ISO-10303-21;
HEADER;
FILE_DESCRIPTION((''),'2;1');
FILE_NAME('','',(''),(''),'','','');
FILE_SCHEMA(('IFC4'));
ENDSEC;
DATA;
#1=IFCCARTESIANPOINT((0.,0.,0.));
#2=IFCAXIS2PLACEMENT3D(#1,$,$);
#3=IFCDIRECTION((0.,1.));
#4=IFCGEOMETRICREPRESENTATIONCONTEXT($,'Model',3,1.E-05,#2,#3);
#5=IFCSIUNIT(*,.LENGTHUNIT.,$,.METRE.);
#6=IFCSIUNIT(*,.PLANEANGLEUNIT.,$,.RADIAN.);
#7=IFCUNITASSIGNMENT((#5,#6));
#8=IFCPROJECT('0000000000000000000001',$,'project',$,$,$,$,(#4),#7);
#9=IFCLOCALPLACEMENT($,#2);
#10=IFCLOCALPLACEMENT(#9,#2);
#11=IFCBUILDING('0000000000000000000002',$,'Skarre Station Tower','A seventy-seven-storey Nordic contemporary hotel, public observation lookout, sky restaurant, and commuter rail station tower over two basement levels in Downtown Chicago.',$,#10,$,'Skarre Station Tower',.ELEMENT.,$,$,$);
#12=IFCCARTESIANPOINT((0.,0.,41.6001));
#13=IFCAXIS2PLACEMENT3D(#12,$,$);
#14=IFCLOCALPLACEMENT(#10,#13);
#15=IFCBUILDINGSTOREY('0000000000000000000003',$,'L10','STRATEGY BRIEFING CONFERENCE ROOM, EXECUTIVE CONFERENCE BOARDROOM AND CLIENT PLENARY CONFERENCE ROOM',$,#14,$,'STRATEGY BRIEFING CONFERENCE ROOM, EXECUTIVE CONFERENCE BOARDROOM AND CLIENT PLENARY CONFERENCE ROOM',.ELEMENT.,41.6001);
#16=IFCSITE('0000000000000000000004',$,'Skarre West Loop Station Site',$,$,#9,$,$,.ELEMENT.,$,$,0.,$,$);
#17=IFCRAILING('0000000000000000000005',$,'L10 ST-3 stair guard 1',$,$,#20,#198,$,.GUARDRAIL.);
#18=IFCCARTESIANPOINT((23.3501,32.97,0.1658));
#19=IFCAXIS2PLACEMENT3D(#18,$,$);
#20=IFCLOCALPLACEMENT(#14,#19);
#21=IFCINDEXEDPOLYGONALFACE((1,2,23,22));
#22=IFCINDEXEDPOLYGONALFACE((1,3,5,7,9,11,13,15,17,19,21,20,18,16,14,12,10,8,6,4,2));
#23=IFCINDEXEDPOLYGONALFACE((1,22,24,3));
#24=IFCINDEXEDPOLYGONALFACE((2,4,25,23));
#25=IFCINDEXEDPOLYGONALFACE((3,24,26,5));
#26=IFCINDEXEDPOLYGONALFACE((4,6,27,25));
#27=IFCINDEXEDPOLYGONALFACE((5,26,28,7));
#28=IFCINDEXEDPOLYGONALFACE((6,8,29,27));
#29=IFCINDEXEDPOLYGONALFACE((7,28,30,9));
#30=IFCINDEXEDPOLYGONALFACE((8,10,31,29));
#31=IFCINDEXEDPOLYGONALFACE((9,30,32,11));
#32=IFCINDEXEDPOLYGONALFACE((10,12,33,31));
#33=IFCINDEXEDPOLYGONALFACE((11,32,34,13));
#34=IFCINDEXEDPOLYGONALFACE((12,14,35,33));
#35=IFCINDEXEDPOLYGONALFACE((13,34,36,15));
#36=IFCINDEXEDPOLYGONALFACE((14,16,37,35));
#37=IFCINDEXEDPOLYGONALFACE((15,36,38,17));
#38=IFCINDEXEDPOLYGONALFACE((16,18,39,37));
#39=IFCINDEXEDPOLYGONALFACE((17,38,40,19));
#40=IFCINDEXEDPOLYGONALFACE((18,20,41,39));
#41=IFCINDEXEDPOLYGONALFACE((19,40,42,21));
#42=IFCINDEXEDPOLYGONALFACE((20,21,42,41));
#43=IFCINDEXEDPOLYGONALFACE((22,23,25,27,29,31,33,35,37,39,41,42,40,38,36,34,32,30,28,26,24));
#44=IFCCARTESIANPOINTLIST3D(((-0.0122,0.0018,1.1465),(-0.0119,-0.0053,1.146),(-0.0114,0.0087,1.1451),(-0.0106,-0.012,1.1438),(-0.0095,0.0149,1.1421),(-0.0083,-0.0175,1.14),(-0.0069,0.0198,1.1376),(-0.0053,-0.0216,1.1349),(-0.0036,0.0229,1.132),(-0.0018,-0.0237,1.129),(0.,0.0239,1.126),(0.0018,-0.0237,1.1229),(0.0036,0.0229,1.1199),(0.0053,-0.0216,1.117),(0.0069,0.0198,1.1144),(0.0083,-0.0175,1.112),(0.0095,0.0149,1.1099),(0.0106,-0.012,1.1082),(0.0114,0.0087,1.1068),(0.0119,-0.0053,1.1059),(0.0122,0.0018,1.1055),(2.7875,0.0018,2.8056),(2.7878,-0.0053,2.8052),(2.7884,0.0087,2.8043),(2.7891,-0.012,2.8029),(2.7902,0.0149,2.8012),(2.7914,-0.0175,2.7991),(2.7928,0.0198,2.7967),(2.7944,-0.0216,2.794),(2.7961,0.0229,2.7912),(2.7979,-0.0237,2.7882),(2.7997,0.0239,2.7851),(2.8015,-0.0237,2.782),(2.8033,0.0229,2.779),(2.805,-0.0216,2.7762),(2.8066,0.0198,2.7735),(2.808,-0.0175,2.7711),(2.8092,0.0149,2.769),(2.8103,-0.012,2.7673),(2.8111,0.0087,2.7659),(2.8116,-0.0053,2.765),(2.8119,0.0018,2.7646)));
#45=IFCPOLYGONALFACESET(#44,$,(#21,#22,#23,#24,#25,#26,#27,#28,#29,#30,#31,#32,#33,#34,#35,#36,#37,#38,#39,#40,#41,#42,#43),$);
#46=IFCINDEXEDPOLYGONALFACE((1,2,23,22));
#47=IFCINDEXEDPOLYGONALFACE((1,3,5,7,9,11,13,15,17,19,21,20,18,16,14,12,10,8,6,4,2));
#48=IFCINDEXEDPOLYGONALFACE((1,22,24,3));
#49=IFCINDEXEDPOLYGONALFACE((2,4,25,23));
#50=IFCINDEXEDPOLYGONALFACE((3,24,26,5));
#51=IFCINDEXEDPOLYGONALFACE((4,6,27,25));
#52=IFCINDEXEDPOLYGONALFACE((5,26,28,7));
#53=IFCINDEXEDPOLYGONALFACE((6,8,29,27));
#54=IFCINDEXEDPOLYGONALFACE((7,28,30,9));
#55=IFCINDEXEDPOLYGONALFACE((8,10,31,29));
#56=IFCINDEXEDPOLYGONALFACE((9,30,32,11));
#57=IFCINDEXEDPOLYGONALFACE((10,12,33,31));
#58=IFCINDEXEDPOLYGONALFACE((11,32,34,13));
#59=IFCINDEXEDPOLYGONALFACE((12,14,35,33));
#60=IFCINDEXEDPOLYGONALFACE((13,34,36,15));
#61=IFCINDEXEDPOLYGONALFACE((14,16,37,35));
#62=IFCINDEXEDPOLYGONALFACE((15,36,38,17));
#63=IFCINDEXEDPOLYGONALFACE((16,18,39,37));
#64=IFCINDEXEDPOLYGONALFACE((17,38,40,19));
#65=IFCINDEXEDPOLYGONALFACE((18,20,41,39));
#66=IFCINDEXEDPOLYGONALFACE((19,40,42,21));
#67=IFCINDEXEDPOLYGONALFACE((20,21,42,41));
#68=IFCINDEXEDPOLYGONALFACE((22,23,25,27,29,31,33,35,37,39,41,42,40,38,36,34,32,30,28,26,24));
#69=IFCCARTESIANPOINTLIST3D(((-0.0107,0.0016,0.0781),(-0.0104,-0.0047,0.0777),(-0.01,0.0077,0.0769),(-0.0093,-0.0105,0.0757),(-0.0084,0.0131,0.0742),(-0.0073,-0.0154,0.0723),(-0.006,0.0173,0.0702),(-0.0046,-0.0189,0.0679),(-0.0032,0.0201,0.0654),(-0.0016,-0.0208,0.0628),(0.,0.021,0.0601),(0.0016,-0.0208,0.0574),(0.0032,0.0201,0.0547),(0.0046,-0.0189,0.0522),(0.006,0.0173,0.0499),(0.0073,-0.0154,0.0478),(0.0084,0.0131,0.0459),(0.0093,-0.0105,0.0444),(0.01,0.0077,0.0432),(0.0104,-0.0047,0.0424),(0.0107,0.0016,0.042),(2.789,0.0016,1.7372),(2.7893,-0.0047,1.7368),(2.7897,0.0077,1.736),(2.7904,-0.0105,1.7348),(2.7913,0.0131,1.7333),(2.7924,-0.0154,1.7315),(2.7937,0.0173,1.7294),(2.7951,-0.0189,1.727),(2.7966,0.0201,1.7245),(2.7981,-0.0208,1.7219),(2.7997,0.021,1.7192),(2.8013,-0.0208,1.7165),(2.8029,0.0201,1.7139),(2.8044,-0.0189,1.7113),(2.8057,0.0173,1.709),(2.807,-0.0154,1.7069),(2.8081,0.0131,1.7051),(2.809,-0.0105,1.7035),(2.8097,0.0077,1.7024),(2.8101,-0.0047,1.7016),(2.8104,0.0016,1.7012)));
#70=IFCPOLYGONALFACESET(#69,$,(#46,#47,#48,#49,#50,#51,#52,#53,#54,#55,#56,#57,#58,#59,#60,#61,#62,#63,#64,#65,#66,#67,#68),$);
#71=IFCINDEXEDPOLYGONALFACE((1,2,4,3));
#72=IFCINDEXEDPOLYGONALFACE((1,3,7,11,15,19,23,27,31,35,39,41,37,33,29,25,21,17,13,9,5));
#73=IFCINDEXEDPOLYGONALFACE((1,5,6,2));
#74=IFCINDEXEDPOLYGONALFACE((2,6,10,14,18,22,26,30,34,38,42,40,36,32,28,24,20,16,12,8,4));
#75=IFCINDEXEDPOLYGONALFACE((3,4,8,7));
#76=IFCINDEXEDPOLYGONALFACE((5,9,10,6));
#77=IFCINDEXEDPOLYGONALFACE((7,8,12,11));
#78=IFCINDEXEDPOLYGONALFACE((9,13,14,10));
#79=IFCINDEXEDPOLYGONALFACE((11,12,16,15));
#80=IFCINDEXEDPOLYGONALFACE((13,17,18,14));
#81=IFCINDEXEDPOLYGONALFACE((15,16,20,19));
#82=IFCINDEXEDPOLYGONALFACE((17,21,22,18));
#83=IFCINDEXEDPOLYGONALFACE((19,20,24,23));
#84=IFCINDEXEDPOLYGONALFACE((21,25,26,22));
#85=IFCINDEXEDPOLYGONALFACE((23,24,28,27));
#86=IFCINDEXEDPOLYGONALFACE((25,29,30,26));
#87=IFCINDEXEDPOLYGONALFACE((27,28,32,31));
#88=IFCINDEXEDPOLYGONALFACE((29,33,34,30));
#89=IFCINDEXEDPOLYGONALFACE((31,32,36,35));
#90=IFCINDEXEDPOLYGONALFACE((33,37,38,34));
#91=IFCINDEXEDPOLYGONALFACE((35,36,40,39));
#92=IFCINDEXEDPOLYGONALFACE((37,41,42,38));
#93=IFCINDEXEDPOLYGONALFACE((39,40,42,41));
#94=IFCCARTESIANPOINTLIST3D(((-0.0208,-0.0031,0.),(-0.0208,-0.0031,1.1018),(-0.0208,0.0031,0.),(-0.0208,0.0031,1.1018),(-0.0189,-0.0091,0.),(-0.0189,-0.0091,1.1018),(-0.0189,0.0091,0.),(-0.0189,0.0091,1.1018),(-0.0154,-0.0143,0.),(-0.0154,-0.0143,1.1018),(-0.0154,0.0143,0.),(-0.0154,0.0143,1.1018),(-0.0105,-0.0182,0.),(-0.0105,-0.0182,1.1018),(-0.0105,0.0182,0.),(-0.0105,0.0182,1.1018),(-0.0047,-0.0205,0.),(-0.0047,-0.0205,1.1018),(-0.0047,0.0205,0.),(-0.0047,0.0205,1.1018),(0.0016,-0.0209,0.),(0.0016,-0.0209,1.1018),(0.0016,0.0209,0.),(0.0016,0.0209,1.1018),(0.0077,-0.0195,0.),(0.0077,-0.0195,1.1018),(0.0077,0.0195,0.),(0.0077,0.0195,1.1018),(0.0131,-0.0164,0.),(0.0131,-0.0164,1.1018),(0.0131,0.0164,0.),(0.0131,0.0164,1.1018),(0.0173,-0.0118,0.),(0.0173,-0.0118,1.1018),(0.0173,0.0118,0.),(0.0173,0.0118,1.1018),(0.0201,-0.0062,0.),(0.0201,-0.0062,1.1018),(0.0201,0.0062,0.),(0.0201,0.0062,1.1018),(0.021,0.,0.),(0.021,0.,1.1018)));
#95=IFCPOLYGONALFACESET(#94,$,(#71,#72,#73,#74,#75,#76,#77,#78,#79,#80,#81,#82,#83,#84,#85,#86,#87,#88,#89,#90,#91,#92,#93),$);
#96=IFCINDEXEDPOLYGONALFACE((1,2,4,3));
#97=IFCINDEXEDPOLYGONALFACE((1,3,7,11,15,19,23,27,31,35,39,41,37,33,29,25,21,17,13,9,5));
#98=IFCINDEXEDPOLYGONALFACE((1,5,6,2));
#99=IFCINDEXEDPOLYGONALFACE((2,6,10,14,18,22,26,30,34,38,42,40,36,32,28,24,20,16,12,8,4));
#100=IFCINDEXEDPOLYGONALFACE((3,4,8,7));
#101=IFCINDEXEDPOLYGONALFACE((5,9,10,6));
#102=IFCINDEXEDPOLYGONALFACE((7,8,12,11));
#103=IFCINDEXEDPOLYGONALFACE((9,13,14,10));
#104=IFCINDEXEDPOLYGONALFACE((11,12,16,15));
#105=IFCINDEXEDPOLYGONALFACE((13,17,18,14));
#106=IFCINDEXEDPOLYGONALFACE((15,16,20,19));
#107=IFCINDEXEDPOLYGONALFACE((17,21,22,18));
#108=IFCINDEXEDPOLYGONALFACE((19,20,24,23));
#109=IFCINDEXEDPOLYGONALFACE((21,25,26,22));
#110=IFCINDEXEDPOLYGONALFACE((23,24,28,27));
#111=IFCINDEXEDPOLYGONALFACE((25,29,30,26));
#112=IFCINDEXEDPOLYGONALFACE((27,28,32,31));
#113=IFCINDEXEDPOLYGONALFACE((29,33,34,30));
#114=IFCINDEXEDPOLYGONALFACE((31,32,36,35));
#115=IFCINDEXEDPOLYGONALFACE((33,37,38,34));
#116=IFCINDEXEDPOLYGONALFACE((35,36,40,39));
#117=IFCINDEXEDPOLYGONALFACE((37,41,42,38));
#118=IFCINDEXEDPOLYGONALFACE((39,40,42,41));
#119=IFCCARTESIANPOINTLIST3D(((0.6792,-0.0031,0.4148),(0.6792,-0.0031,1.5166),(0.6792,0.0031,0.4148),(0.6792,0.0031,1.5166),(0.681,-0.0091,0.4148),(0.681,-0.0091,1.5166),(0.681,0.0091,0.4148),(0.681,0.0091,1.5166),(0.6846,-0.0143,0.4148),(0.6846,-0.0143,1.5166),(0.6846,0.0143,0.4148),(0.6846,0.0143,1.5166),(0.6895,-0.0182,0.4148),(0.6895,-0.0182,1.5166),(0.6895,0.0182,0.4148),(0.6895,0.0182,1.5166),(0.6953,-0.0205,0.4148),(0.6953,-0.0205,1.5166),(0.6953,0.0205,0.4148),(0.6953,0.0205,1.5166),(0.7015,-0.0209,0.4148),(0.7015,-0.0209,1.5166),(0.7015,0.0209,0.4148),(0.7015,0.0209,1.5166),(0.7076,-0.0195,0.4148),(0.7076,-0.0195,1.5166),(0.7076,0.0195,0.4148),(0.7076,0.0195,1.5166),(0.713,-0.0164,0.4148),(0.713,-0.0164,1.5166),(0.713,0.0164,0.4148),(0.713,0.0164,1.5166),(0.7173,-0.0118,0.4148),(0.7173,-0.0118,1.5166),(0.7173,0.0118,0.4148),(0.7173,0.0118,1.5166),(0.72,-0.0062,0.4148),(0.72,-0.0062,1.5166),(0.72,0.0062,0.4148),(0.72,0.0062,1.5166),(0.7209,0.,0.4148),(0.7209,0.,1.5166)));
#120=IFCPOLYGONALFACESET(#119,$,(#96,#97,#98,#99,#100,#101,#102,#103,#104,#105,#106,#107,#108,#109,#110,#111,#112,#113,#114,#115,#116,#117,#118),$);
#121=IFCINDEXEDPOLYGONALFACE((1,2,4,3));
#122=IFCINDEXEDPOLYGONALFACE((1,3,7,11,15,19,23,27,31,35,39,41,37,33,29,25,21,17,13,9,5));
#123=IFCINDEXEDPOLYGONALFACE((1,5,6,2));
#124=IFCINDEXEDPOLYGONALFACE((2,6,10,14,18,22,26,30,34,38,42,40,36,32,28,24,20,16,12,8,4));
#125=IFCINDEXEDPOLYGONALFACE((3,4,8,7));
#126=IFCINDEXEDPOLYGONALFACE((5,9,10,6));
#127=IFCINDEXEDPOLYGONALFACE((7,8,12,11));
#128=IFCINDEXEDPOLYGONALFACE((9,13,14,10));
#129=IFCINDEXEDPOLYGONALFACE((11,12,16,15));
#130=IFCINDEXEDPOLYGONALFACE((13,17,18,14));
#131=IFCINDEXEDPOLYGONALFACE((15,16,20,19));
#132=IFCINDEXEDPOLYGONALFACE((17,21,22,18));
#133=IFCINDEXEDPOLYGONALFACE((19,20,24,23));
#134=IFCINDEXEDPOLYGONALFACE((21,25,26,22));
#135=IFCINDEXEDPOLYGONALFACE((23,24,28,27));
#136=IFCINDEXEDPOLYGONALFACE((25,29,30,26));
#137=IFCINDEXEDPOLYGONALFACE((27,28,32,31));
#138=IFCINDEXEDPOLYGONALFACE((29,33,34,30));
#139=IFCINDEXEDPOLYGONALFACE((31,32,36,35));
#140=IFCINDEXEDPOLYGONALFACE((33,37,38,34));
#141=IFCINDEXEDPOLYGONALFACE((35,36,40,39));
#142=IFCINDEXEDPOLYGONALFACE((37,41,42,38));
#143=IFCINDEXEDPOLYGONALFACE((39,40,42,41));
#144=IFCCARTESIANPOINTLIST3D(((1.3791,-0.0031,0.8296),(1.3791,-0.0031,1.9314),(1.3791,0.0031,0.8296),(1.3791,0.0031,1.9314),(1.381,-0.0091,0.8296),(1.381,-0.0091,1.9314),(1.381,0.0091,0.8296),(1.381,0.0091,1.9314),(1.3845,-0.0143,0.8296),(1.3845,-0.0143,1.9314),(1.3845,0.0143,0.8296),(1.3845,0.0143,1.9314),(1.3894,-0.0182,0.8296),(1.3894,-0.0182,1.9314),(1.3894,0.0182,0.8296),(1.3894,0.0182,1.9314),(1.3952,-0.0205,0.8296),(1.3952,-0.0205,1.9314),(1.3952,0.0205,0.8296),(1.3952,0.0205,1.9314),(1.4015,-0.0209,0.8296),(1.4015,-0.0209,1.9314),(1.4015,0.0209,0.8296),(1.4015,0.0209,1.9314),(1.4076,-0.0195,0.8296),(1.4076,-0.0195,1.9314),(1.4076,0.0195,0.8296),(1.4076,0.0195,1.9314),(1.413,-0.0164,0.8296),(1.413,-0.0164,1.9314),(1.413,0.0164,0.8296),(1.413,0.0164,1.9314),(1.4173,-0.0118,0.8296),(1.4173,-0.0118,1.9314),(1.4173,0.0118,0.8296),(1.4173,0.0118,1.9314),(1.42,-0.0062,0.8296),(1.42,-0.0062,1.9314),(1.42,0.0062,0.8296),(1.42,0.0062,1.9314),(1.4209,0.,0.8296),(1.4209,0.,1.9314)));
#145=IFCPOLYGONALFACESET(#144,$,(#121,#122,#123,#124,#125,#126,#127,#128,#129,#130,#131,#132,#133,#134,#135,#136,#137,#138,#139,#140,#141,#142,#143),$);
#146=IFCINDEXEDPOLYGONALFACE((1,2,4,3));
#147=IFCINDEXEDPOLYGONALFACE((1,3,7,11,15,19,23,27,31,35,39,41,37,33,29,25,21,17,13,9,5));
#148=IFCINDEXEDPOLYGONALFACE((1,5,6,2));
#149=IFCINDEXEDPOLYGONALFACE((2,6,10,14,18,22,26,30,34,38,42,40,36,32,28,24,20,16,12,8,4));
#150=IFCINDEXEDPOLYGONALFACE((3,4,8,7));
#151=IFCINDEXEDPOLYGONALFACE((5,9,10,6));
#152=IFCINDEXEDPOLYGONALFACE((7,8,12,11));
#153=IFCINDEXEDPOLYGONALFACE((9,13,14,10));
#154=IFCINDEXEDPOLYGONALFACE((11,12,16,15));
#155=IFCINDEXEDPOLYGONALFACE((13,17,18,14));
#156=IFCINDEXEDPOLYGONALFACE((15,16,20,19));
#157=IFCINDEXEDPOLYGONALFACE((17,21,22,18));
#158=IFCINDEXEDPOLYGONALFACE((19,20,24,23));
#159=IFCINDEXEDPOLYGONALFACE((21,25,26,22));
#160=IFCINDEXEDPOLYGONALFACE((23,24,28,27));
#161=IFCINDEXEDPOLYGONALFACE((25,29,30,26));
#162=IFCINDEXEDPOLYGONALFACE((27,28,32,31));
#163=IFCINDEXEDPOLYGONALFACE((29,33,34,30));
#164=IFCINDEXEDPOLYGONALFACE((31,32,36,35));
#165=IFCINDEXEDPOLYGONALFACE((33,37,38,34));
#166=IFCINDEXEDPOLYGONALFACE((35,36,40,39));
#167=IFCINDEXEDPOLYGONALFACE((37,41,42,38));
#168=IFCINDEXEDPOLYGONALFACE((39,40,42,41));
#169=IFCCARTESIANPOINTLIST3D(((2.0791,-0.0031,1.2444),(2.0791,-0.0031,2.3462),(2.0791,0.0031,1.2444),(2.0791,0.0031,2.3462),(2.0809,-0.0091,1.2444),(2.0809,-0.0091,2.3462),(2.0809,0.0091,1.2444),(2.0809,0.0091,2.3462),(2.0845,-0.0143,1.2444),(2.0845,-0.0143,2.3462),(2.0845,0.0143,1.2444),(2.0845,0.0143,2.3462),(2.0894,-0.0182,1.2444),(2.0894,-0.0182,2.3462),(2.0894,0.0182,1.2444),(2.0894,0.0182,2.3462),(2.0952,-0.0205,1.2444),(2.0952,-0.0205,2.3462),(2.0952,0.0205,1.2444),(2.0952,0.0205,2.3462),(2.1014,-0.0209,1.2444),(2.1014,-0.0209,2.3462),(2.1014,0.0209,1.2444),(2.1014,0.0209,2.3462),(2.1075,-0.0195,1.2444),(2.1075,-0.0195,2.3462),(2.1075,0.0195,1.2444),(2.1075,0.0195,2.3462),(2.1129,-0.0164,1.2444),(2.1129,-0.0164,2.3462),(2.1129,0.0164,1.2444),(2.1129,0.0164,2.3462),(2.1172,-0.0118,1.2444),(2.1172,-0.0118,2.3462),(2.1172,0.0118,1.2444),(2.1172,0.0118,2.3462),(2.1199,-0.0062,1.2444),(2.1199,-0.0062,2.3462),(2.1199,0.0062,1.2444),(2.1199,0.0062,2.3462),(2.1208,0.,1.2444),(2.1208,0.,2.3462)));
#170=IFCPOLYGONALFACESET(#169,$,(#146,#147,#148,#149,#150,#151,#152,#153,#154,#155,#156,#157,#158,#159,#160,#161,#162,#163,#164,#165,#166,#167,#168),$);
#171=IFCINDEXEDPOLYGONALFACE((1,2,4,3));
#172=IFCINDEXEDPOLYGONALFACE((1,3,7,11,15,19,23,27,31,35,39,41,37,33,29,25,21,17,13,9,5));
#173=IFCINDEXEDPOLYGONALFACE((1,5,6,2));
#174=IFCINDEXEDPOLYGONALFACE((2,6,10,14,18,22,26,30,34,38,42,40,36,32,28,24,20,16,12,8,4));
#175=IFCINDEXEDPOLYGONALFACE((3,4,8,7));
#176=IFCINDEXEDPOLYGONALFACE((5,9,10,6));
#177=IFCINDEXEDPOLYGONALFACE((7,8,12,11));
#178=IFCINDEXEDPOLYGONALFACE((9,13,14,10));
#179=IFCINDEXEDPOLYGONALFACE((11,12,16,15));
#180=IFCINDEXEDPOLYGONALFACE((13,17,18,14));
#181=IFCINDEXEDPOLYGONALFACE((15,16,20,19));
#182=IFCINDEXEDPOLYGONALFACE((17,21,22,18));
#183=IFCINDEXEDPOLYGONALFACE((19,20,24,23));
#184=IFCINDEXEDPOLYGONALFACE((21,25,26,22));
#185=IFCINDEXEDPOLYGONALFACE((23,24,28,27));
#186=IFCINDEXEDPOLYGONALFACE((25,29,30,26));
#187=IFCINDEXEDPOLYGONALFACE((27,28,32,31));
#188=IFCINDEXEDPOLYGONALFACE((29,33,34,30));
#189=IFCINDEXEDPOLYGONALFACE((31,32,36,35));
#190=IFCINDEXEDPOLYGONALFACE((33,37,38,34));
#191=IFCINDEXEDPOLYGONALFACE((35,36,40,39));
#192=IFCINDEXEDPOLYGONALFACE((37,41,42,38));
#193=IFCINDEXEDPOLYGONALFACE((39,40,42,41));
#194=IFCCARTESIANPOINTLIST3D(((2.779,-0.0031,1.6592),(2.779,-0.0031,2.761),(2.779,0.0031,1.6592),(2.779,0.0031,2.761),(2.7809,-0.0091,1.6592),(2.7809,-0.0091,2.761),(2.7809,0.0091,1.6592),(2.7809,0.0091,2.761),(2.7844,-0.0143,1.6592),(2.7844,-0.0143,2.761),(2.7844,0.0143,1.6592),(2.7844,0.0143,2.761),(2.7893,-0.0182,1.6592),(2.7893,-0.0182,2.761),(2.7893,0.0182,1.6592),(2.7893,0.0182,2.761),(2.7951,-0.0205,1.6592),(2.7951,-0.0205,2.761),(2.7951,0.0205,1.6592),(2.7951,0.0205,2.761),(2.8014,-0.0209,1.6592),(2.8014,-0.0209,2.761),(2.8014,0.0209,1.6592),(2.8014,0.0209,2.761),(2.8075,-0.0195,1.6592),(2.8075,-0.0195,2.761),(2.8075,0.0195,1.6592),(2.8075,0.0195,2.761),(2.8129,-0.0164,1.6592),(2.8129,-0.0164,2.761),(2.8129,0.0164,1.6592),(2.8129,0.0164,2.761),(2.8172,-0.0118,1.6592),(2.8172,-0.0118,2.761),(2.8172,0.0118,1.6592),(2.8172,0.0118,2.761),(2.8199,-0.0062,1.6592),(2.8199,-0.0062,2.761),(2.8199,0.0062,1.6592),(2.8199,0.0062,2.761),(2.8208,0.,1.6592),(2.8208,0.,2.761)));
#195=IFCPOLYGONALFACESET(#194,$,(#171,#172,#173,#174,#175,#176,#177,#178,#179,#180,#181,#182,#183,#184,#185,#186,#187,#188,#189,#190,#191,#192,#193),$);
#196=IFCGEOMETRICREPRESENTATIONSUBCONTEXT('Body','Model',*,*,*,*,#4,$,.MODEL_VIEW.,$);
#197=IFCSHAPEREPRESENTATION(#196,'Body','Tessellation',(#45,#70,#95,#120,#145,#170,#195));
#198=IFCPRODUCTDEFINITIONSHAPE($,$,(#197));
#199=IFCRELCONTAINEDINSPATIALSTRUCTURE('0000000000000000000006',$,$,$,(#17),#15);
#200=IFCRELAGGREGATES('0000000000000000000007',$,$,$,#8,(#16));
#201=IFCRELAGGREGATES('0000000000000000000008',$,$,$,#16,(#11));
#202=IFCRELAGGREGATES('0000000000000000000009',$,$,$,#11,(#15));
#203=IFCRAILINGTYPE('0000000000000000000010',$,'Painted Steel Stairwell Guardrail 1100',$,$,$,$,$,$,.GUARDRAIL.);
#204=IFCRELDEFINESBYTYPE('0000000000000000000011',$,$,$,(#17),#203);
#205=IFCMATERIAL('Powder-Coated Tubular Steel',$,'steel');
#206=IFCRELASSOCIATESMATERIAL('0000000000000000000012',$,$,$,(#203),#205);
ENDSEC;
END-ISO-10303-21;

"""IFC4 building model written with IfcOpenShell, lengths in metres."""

from ifc_helpers import new_model, si_unit, direction, frame, origin, origin_2d, place, context, subcontext, project, spatial, circle, extrude, material, type_object, element, save


model = new_model("IFC4")

# Units and contexts
model_context = context("Model", 3, precision=1e-05, world=origin(), true_north=direction((0.0, 1.0)))
body_context = subcontext(model_context, "Body", "Model", "MODEL_VIEW")
ifc_project = project(units=[si_unit("LENGTHUNIT", "METRE"), si_unit("PLANEANGLEUNIT", "RADIAN")], contexts=[model_context])

# Site, building, storey
site_placement = place(None, origin())
site = spatial("IfcSite", under=ifc_project, at=site_placement, Name="Skarre West Loop Station Site", CompositionType="ELEMENT", RefElevation=0.0)
building_placement = place(site_placement, origin())
building = spatial("IfcBuilding", under=site, at=building_placement, Name="Skarre Station Tower", Description="A seventy-seven-storey Nordic contemporary hotel, public observation lookout, sky restaurant, and commuter rail station tower over two basement levels in Downtown Chicago.", LongName="Skarre Station Tower", CompositionType="ELEMENT")
storey_placement = place(building_placement, frame((0.0, 0.0, 41.6001)))
storey = spatial("IfcBuildingStorey", under=building, at=storey_placement, Name="L10", Description="STRATEGY BRIEFING CONFERENCE ROOM, EXECUTIVE CONFERENCE BOARDROOM AND CLIENT PLENARY CONFERENCE ROOM", LongName="STRATEGY BRIEFING CONFERENCE ROOM, EXECUTIVE CONFERENCE BOARDROOM AND CLIENT PLENARY CONFERENCE ROOM", CompositionType="ELEMENT", Elevation=41.6001)

# Railing
ifc_material_1 = material(Name="Powder-Coated Tubular Steel", Category="steel")
railing_type_1 = type_object("IfcRailingType", Name="Painted Steel Stairwell Guardrail 1100", PredefinedType="GUARDRAIL", material=ifc_material_1)
railing_1_placement = place(storey_placement, frame((23.3501, 32.97, 0.1658)))
element("IfcRailing", 1, at=railing_1_placement, inside=storey, type_object=railing_type_1, Name="L10 ST-3 stair guard 1", PredefinedType="GUARDRAIL", context=body_context, shape_type="SweptSolid", body=[
    extrude(circle(Radius=0.0239, at=origin_2d()), frame((0.0, 0.0, 1.126), z_axis=(0.860287, 0.0, 0.509811), x_axis=(0.0, 1.0, 0.0)), (0.0, 0.0, 1.0), 3.2544),
    extrude(circle(Radius=0.021, at=origin_2d()), frame((0.0, 0.0, 0.0601), z_axis=(0.860287, 0.0, 0.509811), x_axis=(0.0, 1.0, 0.0)), (0.0, 0.0, 1.0), 3.2544),
    extrude(circle(Radius=0.021, at=origin_2d()), origin(), (0.0, 0.0, 1.0), 1.1018),
    extrude(circle(Radius=0.021, at=origin_2d()), frame((0.7, 0.0, 0.4148)), (0.0, 0.0, 1.0), 1.1018),
    extrude(circle(Radius=0.021, at=origin_2d()), frame((1.3999, 0.0, 0.8296)), (0.0, 0.0, 1.0), 1.1018),
    extrude(circle(Radius=0.021, at=origin_2d()), frame((2.0999, 0.0, 1.2444)), (0.0, 0.0, 1.0), 1.1018),
    extrude(circle(Radius=0.021, at=origin_2d()), frame((2.7998, 0.0, 1.6592)), (0.0, 0.0, 1.0), 1.1018),
])

save(model, "model.ifc")
